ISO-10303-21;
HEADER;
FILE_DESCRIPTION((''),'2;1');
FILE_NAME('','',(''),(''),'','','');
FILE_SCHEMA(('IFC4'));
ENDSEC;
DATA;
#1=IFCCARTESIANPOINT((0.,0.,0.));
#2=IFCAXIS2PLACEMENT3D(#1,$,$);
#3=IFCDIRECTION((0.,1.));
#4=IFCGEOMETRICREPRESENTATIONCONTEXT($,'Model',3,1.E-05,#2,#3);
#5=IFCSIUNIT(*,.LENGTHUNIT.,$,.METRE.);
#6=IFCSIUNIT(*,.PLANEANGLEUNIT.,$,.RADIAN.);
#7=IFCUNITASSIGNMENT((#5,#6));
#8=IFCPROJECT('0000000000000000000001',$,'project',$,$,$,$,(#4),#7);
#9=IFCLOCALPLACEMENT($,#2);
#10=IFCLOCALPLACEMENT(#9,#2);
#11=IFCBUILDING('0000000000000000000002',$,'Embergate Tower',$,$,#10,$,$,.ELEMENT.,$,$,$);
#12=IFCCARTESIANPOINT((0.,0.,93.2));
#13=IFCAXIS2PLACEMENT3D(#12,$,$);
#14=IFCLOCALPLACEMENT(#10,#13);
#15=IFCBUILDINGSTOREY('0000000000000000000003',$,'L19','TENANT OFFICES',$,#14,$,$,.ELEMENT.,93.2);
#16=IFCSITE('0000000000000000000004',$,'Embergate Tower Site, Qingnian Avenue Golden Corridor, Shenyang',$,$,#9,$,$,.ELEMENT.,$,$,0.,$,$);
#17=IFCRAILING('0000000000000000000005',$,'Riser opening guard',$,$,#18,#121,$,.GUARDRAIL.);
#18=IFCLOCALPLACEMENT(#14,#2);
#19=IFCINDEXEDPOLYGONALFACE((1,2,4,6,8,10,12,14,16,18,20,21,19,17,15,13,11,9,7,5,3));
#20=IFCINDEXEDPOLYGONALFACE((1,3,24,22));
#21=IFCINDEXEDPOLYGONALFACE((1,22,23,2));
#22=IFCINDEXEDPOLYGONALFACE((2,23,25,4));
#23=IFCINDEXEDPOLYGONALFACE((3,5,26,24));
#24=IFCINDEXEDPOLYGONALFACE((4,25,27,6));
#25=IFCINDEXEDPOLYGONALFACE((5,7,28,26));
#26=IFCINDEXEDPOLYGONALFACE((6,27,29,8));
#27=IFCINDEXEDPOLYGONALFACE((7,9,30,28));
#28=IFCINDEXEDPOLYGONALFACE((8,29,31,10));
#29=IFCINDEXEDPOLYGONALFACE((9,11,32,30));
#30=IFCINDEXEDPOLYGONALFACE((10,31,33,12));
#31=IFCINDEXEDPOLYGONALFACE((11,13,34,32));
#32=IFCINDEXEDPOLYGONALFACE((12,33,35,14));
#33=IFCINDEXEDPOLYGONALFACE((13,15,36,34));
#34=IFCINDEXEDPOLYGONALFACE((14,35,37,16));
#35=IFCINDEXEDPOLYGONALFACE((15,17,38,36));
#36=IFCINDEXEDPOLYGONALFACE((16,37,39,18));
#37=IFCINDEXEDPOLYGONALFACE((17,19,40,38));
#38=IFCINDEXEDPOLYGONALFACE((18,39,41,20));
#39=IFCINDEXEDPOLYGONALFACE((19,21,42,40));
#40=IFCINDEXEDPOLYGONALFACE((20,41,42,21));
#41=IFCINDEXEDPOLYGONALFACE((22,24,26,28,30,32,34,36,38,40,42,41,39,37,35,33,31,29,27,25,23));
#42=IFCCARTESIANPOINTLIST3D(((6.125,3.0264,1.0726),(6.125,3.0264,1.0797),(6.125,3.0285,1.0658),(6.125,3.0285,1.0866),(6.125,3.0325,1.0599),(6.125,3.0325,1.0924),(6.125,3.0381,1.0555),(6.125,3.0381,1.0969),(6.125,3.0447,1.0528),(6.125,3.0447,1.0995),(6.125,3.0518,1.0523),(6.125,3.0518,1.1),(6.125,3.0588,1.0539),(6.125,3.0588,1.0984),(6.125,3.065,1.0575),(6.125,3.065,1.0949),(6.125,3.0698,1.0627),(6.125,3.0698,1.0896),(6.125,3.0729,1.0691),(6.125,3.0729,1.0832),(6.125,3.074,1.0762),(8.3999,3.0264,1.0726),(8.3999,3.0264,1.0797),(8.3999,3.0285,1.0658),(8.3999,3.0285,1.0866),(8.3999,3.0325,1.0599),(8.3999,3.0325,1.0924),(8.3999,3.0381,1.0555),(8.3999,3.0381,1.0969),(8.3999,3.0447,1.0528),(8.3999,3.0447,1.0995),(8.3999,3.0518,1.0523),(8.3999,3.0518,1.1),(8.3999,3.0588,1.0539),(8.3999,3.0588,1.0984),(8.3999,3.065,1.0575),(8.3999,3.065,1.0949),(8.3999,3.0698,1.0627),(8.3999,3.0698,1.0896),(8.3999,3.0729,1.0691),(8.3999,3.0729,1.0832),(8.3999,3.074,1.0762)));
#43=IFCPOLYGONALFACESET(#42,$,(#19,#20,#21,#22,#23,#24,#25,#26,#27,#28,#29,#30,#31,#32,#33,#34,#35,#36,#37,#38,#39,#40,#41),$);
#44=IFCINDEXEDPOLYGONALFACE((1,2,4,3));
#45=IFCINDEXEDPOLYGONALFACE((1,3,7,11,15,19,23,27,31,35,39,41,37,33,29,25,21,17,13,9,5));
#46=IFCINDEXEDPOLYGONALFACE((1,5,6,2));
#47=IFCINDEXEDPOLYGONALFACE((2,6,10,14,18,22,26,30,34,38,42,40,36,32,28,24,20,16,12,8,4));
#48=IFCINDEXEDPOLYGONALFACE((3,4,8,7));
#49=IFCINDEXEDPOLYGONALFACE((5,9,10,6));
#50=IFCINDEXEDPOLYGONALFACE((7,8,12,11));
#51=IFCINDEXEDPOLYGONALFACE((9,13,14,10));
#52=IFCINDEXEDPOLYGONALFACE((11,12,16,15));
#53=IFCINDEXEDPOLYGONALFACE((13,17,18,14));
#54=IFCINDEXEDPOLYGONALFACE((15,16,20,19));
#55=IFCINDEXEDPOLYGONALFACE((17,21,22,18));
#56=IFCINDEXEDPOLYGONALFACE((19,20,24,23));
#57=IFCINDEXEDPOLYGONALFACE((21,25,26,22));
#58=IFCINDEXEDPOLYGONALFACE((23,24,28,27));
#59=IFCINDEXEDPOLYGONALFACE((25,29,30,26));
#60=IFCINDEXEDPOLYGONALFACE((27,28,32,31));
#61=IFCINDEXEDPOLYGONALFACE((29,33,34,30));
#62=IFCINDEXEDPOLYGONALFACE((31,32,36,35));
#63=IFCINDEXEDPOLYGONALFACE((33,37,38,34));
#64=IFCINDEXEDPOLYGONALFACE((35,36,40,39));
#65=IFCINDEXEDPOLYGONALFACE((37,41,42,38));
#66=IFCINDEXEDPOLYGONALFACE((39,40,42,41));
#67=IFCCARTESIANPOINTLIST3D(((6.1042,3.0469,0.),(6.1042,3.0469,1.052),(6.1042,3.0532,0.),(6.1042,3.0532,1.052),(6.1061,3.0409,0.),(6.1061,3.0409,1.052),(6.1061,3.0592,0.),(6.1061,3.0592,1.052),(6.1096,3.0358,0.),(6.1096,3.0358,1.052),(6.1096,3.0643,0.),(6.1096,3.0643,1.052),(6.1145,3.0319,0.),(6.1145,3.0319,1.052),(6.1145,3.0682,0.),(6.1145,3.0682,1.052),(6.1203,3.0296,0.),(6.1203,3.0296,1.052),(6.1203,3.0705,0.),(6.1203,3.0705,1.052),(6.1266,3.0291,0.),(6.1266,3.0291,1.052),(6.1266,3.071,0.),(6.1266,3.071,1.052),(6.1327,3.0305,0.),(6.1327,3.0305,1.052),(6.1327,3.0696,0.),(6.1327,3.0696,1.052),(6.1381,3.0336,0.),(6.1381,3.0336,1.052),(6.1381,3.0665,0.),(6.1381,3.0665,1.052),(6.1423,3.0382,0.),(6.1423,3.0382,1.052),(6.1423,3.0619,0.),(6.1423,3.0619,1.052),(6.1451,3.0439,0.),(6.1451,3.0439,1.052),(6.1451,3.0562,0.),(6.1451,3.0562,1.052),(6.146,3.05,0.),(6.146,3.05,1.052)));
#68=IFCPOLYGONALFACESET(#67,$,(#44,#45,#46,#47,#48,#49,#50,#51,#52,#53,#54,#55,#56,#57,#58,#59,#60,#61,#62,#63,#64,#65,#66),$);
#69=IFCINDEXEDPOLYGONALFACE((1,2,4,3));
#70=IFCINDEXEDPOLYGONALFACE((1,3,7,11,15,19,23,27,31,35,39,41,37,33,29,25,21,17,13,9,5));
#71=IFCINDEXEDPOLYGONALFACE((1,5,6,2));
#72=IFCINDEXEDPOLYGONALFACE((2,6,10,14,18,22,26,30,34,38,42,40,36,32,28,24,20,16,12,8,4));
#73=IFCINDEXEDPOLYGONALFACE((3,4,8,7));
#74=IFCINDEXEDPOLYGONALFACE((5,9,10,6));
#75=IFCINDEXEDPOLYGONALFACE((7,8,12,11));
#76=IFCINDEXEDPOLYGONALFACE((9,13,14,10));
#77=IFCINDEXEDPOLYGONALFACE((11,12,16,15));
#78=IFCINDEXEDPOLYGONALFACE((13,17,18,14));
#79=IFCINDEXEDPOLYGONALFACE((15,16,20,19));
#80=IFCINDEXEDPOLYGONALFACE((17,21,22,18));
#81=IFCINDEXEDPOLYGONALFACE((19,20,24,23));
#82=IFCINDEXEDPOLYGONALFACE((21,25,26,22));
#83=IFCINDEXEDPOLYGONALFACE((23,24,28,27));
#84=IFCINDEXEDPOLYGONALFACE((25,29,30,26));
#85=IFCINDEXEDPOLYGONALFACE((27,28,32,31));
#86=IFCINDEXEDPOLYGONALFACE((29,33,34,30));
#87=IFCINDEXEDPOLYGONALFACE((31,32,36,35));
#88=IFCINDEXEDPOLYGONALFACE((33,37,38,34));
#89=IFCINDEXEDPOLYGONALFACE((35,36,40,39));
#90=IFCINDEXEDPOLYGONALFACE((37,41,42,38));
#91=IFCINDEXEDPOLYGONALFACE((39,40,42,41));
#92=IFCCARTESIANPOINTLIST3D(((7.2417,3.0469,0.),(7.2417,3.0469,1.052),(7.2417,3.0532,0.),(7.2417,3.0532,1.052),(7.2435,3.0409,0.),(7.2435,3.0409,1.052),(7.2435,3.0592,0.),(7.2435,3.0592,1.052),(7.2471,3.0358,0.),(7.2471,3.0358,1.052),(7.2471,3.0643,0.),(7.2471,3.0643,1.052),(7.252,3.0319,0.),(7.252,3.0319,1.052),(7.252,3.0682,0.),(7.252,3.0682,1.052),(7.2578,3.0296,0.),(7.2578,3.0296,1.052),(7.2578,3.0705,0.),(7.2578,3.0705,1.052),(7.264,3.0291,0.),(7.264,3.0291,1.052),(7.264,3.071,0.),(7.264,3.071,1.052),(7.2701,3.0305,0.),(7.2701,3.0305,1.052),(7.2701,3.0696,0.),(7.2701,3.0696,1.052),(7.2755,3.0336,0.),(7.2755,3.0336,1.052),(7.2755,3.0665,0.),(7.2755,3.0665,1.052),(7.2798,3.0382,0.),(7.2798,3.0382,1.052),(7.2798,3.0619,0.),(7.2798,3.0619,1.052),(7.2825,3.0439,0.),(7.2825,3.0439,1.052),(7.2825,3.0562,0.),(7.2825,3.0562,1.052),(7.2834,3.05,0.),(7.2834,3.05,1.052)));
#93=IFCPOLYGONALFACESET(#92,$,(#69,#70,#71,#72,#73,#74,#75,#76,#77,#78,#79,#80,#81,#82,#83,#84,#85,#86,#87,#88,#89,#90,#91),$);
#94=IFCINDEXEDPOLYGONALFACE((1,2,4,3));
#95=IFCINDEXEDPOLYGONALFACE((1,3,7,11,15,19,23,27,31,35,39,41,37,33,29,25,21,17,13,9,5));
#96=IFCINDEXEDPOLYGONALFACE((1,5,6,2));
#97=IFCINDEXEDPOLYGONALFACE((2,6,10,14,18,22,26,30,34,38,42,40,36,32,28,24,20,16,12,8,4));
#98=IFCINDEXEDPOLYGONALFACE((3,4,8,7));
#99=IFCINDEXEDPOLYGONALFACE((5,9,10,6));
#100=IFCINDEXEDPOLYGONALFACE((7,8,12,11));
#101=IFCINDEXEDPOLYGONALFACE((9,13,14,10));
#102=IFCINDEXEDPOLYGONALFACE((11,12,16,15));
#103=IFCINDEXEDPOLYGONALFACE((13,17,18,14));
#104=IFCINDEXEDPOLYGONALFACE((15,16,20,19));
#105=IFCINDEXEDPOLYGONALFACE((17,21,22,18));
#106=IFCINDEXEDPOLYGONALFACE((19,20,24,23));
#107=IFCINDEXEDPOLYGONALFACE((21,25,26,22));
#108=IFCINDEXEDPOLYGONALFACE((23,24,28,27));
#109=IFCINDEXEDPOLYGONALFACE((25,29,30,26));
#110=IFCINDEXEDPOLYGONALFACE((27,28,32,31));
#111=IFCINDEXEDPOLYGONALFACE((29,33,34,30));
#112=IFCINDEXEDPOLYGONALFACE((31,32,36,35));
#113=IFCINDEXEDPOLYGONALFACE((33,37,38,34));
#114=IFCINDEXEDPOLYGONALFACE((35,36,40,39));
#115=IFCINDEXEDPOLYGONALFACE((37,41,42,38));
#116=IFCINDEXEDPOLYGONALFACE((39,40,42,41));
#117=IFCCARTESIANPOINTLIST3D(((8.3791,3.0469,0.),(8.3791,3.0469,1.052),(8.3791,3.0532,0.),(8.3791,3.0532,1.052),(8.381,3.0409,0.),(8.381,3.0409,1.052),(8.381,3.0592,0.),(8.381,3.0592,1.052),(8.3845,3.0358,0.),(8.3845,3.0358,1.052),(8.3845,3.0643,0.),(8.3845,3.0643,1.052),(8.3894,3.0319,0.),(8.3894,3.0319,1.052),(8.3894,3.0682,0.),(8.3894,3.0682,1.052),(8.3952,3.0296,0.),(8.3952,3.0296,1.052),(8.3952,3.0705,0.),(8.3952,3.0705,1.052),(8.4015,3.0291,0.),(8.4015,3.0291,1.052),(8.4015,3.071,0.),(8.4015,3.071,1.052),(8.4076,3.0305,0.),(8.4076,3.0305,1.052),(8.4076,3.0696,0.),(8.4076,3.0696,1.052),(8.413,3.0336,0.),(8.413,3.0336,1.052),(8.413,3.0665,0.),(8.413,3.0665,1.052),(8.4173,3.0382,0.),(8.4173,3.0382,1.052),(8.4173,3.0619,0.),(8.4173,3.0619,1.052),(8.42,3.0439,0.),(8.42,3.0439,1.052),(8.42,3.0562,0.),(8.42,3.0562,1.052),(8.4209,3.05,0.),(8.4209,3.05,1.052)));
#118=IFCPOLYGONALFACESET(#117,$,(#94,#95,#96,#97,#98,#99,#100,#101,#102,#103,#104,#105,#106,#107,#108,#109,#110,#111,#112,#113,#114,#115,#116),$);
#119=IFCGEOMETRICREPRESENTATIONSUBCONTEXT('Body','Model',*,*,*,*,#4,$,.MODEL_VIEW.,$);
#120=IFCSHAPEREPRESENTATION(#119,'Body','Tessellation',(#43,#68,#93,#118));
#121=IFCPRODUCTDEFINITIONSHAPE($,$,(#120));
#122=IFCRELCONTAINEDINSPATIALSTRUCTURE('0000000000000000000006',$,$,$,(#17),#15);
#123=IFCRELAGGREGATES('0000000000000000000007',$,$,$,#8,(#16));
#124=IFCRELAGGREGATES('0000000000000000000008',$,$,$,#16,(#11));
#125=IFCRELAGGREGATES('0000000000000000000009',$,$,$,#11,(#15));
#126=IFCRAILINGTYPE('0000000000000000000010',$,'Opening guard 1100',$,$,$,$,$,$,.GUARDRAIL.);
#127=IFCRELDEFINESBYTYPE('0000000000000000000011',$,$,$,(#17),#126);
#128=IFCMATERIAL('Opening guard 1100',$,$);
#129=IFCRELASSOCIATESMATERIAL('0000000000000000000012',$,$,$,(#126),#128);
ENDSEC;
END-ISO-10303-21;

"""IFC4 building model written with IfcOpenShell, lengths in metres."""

from ifc_helpers import new_model, si_unit, direction, frame, origin, origin_2d, place, context, subcontext, project, spatial, circle, extrude, source, transform, mapped, material, type_object, element, save


model = new_model("IFC4")

# Units and contexts
model_context = context("Model", 3, precision=1e-05, world=origin(), true_north=direction((0.0, 1.0)))
body_context = subcontext(model_context, "Body", "Model", "MODEL_VIEW")
ifc_project = project(units=[si_unit("LENGTHUNIT", "METRE"), si_unit("PLANEANGLEUNIT", "RADIAN")], contexts=[model_context])

# Site, building, storey
site_placement = place(None, origin())
site = spatial("IfcSite", under=ifc_project, at=site_placement, Name="Embergate Tower Site, Qingnian Avenue Golden Corridor, Shenyang", CompositionType="ELEMENT", RefElevation=0.0)
building_placement = place(site_placement, origin())
building = spatial("IfcBuilding", under=site, at=building_placement, Name="Embergate Tower", CompositionType="ELEMENT")
storey_placement = place(building_placement, frame((0.0, 0.0, 93.2)))
storey = spatial("IfcBuildingStorey", under=building, at=storey_placement, Name="L19", Description="TENANT OFFICES", CompositionType="ELEMENT", Elevation=93.2)

# Railing
ifc_material_1 = material(Name="Opening guard 1100")
railing_type_1 = type_object("IfcRailingType", Name="Opening guard 1100", PredefinedType="GUARDRAIL", material=ifc_material_1)
shared_shape_1 = source(origin(), body_context, "Body", "SweptSolid", [
    extrude(circle(Radius=0.0239, at=origin_2d()), frame((0.0, 0.0, 1.0762), z_axis=(1.0, 0.0, 0.0), x_axis=(0.0, 1.0, 0.0)), (0.0, 0.0, 1.0), 2.2749),
    extrude(circle(Radius=0.021, at=origin_2d()), origin(), (0.0, 0.0, 1.0), 1.052),
    extrude(circle(Radius=0.021, at=origin_2d()), frame((1.1375, 0.0, 0.0)), (0.0, 0.0, 1.0), 1.052),
    extrude(circle(Radius=0.021, at=origin_2d()), frame((2.2749, 0.0, 0.0)), (0.0, 0.0, 1.0), 1.052),
])
railing_1_placement = place(storey_placement, frame((6.125, 3.05, 0.0)))
element("IfcRailing", 1, at=railing_1_placement, inside=storey, type_object=railing_type_1, Name="Riser opening guard", PredefinedType="GUARDRAIL", context=body_context, shape_type="MappedRepresentation", body=[
    mapped(shared_shape_1, transform((0.0, 0.0, 0.0))),
])

save(model, "model.ifc")
